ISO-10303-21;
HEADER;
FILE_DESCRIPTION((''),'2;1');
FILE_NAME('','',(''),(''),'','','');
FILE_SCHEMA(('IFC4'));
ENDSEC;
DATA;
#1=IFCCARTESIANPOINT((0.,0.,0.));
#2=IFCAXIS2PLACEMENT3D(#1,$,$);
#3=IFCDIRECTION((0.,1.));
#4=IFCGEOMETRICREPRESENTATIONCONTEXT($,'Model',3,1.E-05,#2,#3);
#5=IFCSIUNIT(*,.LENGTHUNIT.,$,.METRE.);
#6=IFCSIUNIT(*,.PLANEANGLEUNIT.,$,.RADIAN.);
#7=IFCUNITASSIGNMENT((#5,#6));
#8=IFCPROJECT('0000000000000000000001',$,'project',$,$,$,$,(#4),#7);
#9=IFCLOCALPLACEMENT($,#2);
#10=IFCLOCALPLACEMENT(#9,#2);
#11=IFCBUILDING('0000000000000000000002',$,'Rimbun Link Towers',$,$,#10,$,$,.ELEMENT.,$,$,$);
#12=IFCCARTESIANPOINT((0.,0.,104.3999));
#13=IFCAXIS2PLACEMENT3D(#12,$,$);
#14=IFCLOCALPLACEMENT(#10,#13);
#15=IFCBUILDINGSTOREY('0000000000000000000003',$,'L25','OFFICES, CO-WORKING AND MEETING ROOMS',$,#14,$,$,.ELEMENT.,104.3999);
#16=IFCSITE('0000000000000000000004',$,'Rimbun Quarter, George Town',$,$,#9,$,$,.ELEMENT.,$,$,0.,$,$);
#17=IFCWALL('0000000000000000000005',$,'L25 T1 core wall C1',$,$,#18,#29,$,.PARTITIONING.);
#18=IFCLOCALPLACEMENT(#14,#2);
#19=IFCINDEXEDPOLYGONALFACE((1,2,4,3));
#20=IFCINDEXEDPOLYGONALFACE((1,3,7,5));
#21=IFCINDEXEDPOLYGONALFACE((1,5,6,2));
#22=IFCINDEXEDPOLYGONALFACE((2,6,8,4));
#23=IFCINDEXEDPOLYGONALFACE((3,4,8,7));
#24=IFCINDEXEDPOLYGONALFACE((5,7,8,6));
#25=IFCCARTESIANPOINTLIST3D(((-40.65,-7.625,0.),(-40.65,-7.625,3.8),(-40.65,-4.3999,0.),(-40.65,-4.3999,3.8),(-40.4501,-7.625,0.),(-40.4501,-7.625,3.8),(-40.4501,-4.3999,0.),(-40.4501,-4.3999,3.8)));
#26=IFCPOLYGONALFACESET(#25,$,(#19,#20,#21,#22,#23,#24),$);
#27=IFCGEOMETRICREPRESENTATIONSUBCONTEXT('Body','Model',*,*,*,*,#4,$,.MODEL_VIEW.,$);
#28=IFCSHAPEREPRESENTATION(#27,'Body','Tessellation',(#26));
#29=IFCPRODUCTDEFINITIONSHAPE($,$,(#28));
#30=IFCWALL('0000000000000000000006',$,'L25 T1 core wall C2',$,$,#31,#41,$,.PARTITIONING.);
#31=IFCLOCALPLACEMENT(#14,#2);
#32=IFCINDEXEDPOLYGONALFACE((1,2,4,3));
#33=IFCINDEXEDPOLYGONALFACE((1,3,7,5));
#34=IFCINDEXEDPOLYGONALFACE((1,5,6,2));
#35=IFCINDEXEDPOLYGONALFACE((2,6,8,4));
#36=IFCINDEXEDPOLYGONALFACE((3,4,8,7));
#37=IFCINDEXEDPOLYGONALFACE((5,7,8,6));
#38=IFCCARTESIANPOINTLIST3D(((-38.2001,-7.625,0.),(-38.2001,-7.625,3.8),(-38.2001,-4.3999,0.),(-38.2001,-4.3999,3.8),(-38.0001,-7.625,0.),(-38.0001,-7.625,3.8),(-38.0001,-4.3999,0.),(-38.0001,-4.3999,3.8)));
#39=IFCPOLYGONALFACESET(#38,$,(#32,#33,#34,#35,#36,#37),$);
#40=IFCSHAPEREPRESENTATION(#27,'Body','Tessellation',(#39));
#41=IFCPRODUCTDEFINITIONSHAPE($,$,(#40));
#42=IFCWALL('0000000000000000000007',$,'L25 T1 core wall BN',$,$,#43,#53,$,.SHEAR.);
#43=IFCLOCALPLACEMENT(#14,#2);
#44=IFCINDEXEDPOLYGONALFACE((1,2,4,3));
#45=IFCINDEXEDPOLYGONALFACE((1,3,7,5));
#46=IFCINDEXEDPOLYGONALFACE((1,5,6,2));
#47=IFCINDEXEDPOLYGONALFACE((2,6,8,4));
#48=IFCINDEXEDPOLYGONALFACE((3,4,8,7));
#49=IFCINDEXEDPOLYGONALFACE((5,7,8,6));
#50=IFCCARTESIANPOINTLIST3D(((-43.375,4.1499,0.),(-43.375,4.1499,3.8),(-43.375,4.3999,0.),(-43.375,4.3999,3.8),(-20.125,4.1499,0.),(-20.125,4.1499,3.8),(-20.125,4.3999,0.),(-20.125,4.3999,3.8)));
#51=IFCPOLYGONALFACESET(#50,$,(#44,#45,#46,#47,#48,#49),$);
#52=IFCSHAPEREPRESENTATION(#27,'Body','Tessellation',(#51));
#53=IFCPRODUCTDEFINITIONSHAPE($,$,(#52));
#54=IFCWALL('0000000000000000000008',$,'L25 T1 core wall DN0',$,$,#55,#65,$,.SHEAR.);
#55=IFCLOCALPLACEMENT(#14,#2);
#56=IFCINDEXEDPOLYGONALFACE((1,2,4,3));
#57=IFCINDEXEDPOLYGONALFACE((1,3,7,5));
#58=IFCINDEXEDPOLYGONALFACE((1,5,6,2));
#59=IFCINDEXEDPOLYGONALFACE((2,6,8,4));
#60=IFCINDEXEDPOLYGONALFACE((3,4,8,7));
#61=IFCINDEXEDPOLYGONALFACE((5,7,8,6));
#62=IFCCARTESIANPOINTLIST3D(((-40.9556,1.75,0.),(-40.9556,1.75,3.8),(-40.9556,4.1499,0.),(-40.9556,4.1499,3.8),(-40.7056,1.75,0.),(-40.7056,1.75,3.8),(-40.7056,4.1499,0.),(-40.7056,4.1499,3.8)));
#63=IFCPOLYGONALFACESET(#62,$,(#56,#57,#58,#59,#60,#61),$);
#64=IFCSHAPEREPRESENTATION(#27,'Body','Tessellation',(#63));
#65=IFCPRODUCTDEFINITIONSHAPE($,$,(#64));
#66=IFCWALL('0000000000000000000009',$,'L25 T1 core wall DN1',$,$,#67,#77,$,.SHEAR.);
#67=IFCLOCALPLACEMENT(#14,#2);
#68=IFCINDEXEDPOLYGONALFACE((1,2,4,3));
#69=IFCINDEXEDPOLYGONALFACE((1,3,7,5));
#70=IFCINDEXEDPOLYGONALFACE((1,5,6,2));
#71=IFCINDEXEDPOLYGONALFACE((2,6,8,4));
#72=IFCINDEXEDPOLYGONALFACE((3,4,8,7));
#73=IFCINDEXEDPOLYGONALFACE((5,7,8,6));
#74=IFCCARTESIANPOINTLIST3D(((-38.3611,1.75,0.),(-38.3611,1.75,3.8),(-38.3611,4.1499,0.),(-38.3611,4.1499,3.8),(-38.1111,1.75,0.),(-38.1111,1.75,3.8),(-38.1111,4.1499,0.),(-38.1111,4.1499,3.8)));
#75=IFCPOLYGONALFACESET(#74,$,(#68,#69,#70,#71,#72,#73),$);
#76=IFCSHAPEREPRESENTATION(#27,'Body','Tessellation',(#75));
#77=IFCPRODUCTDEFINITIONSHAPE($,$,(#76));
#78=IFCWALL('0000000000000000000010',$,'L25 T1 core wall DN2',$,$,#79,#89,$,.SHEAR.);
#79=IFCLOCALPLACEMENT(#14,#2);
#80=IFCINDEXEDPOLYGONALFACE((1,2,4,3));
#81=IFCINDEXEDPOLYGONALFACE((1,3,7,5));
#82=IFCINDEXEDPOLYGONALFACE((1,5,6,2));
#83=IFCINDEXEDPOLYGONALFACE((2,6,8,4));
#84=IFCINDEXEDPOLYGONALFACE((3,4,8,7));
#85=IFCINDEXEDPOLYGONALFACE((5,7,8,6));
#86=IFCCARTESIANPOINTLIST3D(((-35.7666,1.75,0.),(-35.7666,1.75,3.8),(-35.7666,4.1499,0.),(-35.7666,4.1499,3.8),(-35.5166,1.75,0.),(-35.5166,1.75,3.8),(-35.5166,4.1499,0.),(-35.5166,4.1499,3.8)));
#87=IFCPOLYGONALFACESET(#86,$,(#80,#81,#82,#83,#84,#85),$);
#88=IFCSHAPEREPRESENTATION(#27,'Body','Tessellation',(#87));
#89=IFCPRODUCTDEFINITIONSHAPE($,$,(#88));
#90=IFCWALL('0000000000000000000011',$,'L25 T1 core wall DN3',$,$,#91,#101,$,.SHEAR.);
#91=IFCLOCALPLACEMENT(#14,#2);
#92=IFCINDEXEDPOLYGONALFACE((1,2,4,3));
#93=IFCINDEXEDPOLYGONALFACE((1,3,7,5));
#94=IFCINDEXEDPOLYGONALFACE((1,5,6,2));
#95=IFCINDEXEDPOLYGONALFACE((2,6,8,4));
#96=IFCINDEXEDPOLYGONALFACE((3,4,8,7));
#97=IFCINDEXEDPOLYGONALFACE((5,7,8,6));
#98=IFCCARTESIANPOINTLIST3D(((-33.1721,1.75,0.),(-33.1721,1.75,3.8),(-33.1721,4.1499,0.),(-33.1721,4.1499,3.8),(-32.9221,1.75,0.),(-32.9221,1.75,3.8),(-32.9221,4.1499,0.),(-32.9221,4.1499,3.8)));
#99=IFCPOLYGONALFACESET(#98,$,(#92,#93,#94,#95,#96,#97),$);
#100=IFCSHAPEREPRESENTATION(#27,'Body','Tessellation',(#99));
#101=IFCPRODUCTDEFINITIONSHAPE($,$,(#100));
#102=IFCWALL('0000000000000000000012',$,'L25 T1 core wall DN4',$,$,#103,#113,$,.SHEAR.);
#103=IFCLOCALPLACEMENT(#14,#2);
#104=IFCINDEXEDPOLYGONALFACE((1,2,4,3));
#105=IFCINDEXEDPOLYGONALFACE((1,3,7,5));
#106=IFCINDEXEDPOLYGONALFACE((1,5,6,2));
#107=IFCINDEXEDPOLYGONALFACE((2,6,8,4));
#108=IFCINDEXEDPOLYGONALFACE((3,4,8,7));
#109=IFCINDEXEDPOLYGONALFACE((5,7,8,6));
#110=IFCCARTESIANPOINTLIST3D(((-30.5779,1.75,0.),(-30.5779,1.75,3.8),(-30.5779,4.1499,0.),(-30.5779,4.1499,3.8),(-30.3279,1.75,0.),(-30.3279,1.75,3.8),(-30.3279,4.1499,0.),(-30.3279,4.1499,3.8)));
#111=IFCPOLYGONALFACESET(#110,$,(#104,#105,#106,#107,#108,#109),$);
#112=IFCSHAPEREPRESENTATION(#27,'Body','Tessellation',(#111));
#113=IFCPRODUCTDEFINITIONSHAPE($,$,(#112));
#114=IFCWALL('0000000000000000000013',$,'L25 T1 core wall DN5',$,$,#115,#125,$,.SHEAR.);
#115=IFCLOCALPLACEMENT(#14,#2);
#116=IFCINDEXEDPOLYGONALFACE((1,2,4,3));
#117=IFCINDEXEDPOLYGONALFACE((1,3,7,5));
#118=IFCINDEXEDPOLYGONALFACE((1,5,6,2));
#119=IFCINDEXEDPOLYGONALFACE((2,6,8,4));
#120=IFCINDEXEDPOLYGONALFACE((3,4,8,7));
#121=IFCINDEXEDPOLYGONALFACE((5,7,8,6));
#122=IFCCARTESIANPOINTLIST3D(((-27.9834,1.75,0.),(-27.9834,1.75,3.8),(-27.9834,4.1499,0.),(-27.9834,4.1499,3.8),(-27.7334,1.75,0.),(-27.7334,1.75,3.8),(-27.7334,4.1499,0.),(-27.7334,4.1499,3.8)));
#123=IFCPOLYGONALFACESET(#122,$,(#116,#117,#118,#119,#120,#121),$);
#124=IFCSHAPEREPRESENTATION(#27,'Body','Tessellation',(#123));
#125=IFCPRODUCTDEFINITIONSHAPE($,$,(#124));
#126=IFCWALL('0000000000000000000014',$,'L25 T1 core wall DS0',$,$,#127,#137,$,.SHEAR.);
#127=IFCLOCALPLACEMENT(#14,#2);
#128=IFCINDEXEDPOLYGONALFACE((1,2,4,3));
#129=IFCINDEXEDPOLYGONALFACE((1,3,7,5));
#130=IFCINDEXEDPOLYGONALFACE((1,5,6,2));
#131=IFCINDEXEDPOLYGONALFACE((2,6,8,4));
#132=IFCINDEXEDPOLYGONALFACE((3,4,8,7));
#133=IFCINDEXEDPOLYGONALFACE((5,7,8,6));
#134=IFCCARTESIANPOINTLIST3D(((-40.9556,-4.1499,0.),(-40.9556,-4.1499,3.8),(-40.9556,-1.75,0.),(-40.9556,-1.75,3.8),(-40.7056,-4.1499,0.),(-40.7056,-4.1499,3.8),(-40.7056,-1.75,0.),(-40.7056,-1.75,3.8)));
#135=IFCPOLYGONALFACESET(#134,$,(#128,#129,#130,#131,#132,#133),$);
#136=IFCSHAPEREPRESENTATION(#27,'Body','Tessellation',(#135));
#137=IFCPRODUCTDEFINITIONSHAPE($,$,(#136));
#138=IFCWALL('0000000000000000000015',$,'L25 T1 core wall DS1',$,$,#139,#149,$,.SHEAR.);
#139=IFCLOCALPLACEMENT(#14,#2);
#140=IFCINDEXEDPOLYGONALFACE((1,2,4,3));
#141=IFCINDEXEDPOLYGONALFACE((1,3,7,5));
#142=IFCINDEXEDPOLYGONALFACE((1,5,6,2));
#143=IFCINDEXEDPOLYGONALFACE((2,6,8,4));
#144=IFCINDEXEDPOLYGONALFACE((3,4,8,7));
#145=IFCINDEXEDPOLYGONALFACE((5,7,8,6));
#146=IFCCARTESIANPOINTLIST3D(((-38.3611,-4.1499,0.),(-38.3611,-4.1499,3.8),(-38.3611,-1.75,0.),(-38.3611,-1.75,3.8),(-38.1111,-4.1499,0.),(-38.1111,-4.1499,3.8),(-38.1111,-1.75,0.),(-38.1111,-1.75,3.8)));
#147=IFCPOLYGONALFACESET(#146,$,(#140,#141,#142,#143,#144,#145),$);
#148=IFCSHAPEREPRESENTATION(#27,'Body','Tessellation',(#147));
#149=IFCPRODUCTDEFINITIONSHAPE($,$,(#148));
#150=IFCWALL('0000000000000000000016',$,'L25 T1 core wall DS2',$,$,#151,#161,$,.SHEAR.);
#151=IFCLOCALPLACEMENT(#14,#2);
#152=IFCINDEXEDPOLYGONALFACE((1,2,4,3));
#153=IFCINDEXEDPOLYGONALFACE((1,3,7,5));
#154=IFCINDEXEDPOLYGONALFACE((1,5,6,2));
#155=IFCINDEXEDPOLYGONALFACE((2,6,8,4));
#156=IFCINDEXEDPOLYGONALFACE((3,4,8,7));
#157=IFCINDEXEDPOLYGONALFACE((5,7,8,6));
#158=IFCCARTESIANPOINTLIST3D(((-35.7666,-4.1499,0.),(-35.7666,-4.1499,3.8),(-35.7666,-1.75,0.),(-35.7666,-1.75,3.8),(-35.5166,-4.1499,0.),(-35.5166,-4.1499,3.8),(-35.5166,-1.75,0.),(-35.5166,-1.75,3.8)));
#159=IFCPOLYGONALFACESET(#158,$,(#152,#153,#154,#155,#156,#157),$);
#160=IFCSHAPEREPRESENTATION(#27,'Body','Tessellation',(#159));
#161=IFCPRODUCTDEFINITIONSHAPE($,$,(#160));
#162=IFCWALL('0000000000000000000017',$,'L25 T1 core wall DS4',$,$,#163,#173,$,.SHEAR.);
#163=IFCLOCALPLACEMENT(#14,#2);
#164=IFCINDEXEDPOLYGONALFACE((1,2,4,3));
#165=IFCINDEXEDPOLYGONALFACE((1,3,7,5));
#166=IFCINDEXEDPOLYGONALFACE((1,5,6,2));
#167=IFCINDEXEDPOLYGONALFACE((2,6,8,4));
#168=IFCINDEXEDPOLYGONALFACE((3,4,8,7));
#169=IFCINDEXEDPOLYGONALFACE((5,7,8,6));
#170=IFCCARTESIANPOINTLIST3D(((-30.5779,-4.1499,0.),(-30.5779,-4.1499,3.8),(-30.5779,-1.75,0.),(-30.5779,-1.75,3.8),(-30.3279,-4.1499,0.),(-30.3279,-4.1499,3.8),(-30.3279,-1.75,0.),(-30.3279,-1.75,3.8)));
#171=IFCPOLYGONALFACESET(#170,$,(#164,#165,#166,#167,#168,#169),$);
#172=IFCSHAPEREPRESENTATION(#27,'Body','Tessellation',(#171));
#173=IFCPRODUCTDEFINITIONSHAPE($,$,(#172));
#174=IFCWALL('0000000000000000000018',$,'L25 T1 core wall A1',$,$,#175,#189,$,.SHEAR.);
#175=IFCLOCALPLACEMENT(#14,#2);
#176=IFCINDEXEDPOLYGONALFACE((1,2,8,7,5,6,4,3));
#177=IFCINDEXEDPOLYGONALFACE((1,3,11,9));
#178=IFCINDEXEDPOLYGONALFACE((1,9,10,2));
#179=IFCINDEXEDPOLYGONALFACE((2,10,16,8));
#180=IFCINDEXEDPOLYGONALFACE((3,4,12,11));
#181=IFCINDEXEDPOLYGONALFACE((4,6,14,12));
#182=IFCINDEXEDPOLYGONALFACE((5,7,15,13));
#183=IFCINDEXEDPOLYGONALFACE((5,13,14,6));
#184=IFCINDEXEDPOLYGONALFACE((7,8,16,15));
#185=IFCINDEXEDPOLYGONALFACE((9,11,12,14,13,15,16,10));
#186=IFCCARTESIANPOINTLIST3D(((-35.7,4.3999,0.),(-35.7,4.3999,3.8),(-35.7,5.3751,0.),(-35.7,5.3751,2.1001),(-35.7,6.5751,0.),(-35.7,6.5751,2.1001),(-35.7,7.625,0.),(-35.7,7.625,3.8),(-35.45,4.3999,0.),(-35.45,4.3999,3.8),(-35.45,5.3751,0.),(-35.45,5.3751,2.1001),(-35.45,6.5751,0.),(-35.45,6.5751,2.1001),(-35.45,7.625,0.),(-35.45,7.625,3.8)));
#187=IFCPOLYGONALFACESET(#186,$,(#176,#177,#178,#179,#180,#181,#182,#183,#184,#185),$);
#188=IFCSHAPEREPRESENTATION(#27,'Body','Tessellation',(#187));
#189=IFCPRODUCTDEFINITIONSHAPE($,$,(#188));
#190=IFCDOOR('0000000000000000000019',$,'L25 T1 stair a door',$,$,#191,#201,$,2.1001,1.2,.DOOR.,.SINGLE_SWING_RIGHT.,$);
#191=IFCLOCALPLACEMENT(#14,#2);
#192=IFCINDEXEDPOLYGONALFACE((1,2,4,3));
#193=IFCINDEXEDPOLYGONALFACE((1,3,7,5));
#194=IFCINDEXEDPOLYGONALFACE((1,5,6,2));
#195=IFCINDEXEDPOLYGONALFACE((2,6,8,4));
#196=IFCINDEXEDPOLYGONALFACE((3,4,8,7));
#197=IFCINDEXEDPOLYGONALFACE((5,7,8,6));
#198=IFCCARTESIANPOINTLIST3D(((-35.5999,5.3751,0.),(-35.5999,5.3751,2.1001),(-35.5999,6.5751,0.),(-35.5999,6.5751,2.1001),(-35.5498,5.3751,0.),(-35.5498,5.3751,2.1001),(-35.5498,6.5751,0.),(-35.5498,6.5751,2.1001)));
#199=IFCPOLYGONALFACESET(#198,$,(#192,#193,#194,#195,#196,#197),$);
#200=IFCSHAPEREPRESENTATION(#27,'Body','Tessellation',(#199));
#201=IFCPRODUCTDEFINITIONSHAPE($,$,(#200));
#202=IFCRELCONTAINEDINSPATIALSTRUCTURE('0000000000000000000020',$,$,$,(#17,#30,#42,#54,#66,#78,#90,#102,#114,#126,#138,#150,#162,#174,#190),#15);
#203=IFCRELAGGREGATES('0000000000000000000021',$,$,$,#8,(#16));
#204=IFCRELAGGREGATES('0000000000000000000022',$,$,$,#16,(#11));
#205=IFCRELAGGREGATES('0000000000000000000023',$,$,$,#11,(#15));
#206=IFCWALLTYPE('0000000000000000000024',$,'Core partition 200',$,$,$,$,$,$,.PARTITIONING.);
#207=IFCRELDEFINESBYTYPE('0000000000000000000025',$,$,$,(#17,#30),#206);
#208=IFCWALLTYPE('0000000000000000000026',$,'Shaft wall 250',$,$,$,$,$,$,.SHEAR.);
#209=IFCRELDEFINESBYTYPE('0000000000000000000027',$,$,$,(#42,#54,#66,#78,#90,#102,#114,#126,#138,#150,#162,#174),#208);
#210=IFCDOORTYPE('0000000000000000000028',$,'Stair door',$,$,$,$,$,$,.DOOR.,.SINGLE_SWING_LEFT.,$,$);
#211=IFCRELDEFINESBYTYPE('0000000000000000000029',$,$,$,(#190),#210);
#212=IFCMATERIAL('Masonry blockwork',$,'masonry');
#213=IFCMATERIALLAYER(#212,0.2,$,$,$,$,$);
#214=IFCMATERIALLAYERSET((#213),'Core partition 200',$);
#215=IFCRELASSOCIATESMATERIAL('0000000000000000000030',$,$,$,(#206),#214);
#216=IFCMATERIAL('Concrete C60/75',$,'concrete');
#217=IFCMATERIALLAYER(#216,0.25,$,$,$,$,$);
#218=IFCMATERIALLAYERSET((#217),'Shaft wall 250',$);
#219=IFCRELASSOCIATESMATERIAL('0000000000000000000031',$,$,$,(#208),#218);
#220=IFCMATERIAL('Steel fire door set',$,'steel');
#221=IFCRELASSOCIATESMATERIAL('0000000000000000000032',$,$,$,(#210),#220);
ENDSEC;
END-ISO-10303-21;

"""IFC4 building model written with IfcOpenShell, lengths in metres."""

from ifc_helpers import new_model, si_unit, direction, frame, frame_2d, origin, place, context, subcontext, project, spatial, rectangle, extrude, material, layer, layer_set, type_object, element, fill, save


model = new_model("IFC4")

# Units and contexts
model_context = context("Model", 3, precision=1e-05, world=origin(), true_north=direction((0.0, 1.0)))
body_context = subcontext(model_context, "Body", "Model", "MODEL_VIEW")
ifc_project = project(units=[si_unit("LENGTHUNIT", "METRE"), si_unit("PLANEANGLEUNIT", "RADIAN")], contexts=[model_context])

# Site, building, storey
site_placement = place(None, origin())
site = spatial("IfcSite", under=ifc_project, at=site_placement, Name="Rimbun Quarter, George Town", CompositionType="ELEMENT", RefElevation=0.0)
building_placement = place(site_placement, origin())
building = spatial("IfcBuilding", under=site, at=building_placement, Name="Rimbun Link Towers", CompositionType="ELEMENT")
storey_placement = place(building_placement, frame((0.0, 0.0, 104.3999)))
storey = spatial("IfcBuildingStorey", under=building, at=storey_placement, Name="L25", Description="OFFICES, CO-WORKING AND MEETING ROOMS", CompositionType="ELEMENT", Elevation=104.3999)

# Walls
ifc_material_1 = material(Name="Masonry blockwork", Category="masonry")
ifc_layer_1 = layer(ifc_material_1, 0.2)
ifc_layer_set_1 = layer_set([ifc_layer_1], Name="Core partition 200")
wall_type_1 = type_object("IfcWallType", Name="Core partition 200", PredefinedType="PARTITIONING", material=ifc_layer_set_1)
for number, where, z_axis, x_axis, name in (
    (1, (-40.55, -4.3999, 0.0), (0.0, 0.0, 1.0), (0.0, -1.0, 0.0), "L25 T1 core wall C1"),
    (2, (-38.1001, -4.3999, 0.0), (0.0, 0.0, 1.0), (0.0, -1.0, 0.0), "L25 T1 core wall C2"),
):
    element("IfcWall", number, at=place(storey_placement, frame(where, z_axis=z_axis, x_axis=x_axis)), inside=storey, type_object=wall_type_1, Name=name, PredefinedType="PARTITIONING", context=body_context, shape_type="SweptSolid", body=[
        extrude(rectangle(XDim=3.2251, YDim=0.2, at=frame_2d((1.6125, 0.0))), origin(), (0.0, 0.0, 1.0), 3.8),
    ])
ifc_material_2 = material(Name="Concrete C60/75", Category="concrete")
ifc_layer_2 = layer(ifc_material_2, 0.25)
ifc_layer_set_2 = layer_set([ifc_layer_2], Name="Shaft wall 250")
wall_type_2 = type_object("IfcWallType", Name="Shaft wall 250", PredefinedType="SHEAR", material=ifc_layer_set_2)
wall_1_placement = place(storey_placement, frame((-43.375, 4.2749, 0.0), z_axis=(0.0, 0.0, 1.0), x_axis=(1.0, 0.0, 0.0)))
element("IfcWall", 3, at=wall_1_placement, inside=storey, type_object=wall_type_2, Name="L25 T1 core wall BN", PredefinedType="SHEAR", context=body_context, shape_type="SweptSolid", body=[
    extrude(rectangle(XDim=23.25, YDim=0.25, at=frame_2d((11.625, 0.0))), origin(), (0.0, 0.0, 1.0), 3.8),
])
for number, where, z_axis, x_axis, name in (
    (4, (-40.8306, 1.75, 0.0), (0.0, 0.0, 1.0), (0.0, 1.0, 0.0), "L25 T1 core wall DN0"),
    (5, (-38.2361, 1.75, 0.0), (0.0, 0.0, 1.0), (0.0, 1.0, 0.0), "L25 T1 core wall DN1"),
    (6, (-35.6416, 1.75, 0.0), (0.0, 0.0, 1.0), (0.0, 1.0, 0.0), "L25 T1 core wall DN2"),
    (7, (-33.0471, 1.75, 0.0), (0.0, 0.0, 1.0), (0.0, 1.0, 0.0), "L25 T1 core wall DN3"),
    (8, (-30.4529, 1.75, 0.0), (0.0, 0.0, 1.0), (0.0, 1.0, 0.0), "L25 T1 core wall DN4"),
    (9, (-27.8584, 1.75, 0.0), (0.0, 0.0, 1.0), (0.0, 1.0, 0.0), "L25 T1 core wall DN5"),
    (10, (-40.8306, -4.1499, 0.0), (0.0, 0.0, 1.0), (0.0, 1.0, 0.0), "L25 T1 core wall DS0"),
    (11, (-38.2361, -4.1499, 0.0), (0.0, 0.0, 1.0), (0.0, 1.0, 0.0), "L25 T1 core wall DS1"),
    (12, (-35.6416, -4.1499, 0.0), (0.0, 0.0, 1.0), (0.0, 1.0, 0.0), "L25 T1 core wall DS2"),
    (13, (-30.4529, -4.1499, 0.0), (0.0, 0.0, 1.0), (0.0, 1.0, 0.0), "L25 T1 core wall DS4"),
):
    element("IfcWall", number, at=place(storey_placement, frame(where, z_axis=z_axis, x_axis=x_axis)), inside=storey, type_object=wall_type_2, Name=name, PredefinedType="SHEAR", context=body_context, shape_type="SweptSolid", body=[
        extrude(rectangle(XDim=2.3999, YDim=0.25, at=frame_2d((1.2, 0.0))), origin(), (0.0, 0.0, 1.0), 3.8),
    ])

# Wall, opening, door
wall_2_placement = place(storey_placement, frame((-35.575, 4.3999, 0.0), z_axis=(0.0, 0.0, 1.0), x_axis=(0.0, 1.0, 0.0)))
wall_2 = element("IfcWall", 14, at=wall_2_placement, inside=storey, type_object=wall_type_2, Name="L25 T1 core wall A1", PredefinedType="SHEAR", context=body_context, shape_type="SweptSolid", body=[
    extrude(rectangle(XDim=3.2251, YDim=0.25, at=frame_2d((1.6125, 0.0))), origin(), (0.0, 0.0, 1.0), 3.8),
])
opening_1_placement = place(wall_2_placement, frame((0.9751, 0.0, 0.0)))
opening_1 = element("IfcOpeningElement", 15, at=opening_1_placement, cuts=wall_2, PredefinedType="OPENING", context=body_context, shape_type="SweptSolid", body=[
    extrude(rectangle(XDim=1.2, YDim=2.1001, at=frame_2d((0.6001, 1.05))), frame((0.0, 0.135, 0.0), z_axis=(0.0, -1.0, 0.0), x_axis=(1.0, 0.0, 0.0)), (0.0, 0.0, 1.0), 0.27),
])
ifc_material_3 = material(Name="Steel fire door set", Category="steel")
door_type_1 = type_object("IfcDoorType", Name="Stair door", OperationType="SINGLE_SWING_LEFT", PredefinedType="DOOR", material=ifc_material_3)
door_1_placement = place(opening_1_placement, origin())
door_1 = element("IfcDoor", 16, at=door_1_placement, inside=storey, type_object=door_type_1, Name="L25 T1 stair a door", OperationType="SINGLE_SWING_RIGHT", OverallHeight=2.1001, OverallWidth=1.2, PredefinedType="DOOR", context=body_context, shape_type="SweptSolid", body=[
    extrude(rectangle(XDim=1.2, YDim=2.1001, at=frame_2d((0.6001, 1.05))), frame((0.0, 0.0249, 0.0), z_axis=(0.0, -1.0, 0.0), x_axis=(1.0, 0.0, 0.0)), (0.0, 0.0, 1.0), 0.05),
])
fill(opening_1, door_1)

save(model, "model.ifc")
